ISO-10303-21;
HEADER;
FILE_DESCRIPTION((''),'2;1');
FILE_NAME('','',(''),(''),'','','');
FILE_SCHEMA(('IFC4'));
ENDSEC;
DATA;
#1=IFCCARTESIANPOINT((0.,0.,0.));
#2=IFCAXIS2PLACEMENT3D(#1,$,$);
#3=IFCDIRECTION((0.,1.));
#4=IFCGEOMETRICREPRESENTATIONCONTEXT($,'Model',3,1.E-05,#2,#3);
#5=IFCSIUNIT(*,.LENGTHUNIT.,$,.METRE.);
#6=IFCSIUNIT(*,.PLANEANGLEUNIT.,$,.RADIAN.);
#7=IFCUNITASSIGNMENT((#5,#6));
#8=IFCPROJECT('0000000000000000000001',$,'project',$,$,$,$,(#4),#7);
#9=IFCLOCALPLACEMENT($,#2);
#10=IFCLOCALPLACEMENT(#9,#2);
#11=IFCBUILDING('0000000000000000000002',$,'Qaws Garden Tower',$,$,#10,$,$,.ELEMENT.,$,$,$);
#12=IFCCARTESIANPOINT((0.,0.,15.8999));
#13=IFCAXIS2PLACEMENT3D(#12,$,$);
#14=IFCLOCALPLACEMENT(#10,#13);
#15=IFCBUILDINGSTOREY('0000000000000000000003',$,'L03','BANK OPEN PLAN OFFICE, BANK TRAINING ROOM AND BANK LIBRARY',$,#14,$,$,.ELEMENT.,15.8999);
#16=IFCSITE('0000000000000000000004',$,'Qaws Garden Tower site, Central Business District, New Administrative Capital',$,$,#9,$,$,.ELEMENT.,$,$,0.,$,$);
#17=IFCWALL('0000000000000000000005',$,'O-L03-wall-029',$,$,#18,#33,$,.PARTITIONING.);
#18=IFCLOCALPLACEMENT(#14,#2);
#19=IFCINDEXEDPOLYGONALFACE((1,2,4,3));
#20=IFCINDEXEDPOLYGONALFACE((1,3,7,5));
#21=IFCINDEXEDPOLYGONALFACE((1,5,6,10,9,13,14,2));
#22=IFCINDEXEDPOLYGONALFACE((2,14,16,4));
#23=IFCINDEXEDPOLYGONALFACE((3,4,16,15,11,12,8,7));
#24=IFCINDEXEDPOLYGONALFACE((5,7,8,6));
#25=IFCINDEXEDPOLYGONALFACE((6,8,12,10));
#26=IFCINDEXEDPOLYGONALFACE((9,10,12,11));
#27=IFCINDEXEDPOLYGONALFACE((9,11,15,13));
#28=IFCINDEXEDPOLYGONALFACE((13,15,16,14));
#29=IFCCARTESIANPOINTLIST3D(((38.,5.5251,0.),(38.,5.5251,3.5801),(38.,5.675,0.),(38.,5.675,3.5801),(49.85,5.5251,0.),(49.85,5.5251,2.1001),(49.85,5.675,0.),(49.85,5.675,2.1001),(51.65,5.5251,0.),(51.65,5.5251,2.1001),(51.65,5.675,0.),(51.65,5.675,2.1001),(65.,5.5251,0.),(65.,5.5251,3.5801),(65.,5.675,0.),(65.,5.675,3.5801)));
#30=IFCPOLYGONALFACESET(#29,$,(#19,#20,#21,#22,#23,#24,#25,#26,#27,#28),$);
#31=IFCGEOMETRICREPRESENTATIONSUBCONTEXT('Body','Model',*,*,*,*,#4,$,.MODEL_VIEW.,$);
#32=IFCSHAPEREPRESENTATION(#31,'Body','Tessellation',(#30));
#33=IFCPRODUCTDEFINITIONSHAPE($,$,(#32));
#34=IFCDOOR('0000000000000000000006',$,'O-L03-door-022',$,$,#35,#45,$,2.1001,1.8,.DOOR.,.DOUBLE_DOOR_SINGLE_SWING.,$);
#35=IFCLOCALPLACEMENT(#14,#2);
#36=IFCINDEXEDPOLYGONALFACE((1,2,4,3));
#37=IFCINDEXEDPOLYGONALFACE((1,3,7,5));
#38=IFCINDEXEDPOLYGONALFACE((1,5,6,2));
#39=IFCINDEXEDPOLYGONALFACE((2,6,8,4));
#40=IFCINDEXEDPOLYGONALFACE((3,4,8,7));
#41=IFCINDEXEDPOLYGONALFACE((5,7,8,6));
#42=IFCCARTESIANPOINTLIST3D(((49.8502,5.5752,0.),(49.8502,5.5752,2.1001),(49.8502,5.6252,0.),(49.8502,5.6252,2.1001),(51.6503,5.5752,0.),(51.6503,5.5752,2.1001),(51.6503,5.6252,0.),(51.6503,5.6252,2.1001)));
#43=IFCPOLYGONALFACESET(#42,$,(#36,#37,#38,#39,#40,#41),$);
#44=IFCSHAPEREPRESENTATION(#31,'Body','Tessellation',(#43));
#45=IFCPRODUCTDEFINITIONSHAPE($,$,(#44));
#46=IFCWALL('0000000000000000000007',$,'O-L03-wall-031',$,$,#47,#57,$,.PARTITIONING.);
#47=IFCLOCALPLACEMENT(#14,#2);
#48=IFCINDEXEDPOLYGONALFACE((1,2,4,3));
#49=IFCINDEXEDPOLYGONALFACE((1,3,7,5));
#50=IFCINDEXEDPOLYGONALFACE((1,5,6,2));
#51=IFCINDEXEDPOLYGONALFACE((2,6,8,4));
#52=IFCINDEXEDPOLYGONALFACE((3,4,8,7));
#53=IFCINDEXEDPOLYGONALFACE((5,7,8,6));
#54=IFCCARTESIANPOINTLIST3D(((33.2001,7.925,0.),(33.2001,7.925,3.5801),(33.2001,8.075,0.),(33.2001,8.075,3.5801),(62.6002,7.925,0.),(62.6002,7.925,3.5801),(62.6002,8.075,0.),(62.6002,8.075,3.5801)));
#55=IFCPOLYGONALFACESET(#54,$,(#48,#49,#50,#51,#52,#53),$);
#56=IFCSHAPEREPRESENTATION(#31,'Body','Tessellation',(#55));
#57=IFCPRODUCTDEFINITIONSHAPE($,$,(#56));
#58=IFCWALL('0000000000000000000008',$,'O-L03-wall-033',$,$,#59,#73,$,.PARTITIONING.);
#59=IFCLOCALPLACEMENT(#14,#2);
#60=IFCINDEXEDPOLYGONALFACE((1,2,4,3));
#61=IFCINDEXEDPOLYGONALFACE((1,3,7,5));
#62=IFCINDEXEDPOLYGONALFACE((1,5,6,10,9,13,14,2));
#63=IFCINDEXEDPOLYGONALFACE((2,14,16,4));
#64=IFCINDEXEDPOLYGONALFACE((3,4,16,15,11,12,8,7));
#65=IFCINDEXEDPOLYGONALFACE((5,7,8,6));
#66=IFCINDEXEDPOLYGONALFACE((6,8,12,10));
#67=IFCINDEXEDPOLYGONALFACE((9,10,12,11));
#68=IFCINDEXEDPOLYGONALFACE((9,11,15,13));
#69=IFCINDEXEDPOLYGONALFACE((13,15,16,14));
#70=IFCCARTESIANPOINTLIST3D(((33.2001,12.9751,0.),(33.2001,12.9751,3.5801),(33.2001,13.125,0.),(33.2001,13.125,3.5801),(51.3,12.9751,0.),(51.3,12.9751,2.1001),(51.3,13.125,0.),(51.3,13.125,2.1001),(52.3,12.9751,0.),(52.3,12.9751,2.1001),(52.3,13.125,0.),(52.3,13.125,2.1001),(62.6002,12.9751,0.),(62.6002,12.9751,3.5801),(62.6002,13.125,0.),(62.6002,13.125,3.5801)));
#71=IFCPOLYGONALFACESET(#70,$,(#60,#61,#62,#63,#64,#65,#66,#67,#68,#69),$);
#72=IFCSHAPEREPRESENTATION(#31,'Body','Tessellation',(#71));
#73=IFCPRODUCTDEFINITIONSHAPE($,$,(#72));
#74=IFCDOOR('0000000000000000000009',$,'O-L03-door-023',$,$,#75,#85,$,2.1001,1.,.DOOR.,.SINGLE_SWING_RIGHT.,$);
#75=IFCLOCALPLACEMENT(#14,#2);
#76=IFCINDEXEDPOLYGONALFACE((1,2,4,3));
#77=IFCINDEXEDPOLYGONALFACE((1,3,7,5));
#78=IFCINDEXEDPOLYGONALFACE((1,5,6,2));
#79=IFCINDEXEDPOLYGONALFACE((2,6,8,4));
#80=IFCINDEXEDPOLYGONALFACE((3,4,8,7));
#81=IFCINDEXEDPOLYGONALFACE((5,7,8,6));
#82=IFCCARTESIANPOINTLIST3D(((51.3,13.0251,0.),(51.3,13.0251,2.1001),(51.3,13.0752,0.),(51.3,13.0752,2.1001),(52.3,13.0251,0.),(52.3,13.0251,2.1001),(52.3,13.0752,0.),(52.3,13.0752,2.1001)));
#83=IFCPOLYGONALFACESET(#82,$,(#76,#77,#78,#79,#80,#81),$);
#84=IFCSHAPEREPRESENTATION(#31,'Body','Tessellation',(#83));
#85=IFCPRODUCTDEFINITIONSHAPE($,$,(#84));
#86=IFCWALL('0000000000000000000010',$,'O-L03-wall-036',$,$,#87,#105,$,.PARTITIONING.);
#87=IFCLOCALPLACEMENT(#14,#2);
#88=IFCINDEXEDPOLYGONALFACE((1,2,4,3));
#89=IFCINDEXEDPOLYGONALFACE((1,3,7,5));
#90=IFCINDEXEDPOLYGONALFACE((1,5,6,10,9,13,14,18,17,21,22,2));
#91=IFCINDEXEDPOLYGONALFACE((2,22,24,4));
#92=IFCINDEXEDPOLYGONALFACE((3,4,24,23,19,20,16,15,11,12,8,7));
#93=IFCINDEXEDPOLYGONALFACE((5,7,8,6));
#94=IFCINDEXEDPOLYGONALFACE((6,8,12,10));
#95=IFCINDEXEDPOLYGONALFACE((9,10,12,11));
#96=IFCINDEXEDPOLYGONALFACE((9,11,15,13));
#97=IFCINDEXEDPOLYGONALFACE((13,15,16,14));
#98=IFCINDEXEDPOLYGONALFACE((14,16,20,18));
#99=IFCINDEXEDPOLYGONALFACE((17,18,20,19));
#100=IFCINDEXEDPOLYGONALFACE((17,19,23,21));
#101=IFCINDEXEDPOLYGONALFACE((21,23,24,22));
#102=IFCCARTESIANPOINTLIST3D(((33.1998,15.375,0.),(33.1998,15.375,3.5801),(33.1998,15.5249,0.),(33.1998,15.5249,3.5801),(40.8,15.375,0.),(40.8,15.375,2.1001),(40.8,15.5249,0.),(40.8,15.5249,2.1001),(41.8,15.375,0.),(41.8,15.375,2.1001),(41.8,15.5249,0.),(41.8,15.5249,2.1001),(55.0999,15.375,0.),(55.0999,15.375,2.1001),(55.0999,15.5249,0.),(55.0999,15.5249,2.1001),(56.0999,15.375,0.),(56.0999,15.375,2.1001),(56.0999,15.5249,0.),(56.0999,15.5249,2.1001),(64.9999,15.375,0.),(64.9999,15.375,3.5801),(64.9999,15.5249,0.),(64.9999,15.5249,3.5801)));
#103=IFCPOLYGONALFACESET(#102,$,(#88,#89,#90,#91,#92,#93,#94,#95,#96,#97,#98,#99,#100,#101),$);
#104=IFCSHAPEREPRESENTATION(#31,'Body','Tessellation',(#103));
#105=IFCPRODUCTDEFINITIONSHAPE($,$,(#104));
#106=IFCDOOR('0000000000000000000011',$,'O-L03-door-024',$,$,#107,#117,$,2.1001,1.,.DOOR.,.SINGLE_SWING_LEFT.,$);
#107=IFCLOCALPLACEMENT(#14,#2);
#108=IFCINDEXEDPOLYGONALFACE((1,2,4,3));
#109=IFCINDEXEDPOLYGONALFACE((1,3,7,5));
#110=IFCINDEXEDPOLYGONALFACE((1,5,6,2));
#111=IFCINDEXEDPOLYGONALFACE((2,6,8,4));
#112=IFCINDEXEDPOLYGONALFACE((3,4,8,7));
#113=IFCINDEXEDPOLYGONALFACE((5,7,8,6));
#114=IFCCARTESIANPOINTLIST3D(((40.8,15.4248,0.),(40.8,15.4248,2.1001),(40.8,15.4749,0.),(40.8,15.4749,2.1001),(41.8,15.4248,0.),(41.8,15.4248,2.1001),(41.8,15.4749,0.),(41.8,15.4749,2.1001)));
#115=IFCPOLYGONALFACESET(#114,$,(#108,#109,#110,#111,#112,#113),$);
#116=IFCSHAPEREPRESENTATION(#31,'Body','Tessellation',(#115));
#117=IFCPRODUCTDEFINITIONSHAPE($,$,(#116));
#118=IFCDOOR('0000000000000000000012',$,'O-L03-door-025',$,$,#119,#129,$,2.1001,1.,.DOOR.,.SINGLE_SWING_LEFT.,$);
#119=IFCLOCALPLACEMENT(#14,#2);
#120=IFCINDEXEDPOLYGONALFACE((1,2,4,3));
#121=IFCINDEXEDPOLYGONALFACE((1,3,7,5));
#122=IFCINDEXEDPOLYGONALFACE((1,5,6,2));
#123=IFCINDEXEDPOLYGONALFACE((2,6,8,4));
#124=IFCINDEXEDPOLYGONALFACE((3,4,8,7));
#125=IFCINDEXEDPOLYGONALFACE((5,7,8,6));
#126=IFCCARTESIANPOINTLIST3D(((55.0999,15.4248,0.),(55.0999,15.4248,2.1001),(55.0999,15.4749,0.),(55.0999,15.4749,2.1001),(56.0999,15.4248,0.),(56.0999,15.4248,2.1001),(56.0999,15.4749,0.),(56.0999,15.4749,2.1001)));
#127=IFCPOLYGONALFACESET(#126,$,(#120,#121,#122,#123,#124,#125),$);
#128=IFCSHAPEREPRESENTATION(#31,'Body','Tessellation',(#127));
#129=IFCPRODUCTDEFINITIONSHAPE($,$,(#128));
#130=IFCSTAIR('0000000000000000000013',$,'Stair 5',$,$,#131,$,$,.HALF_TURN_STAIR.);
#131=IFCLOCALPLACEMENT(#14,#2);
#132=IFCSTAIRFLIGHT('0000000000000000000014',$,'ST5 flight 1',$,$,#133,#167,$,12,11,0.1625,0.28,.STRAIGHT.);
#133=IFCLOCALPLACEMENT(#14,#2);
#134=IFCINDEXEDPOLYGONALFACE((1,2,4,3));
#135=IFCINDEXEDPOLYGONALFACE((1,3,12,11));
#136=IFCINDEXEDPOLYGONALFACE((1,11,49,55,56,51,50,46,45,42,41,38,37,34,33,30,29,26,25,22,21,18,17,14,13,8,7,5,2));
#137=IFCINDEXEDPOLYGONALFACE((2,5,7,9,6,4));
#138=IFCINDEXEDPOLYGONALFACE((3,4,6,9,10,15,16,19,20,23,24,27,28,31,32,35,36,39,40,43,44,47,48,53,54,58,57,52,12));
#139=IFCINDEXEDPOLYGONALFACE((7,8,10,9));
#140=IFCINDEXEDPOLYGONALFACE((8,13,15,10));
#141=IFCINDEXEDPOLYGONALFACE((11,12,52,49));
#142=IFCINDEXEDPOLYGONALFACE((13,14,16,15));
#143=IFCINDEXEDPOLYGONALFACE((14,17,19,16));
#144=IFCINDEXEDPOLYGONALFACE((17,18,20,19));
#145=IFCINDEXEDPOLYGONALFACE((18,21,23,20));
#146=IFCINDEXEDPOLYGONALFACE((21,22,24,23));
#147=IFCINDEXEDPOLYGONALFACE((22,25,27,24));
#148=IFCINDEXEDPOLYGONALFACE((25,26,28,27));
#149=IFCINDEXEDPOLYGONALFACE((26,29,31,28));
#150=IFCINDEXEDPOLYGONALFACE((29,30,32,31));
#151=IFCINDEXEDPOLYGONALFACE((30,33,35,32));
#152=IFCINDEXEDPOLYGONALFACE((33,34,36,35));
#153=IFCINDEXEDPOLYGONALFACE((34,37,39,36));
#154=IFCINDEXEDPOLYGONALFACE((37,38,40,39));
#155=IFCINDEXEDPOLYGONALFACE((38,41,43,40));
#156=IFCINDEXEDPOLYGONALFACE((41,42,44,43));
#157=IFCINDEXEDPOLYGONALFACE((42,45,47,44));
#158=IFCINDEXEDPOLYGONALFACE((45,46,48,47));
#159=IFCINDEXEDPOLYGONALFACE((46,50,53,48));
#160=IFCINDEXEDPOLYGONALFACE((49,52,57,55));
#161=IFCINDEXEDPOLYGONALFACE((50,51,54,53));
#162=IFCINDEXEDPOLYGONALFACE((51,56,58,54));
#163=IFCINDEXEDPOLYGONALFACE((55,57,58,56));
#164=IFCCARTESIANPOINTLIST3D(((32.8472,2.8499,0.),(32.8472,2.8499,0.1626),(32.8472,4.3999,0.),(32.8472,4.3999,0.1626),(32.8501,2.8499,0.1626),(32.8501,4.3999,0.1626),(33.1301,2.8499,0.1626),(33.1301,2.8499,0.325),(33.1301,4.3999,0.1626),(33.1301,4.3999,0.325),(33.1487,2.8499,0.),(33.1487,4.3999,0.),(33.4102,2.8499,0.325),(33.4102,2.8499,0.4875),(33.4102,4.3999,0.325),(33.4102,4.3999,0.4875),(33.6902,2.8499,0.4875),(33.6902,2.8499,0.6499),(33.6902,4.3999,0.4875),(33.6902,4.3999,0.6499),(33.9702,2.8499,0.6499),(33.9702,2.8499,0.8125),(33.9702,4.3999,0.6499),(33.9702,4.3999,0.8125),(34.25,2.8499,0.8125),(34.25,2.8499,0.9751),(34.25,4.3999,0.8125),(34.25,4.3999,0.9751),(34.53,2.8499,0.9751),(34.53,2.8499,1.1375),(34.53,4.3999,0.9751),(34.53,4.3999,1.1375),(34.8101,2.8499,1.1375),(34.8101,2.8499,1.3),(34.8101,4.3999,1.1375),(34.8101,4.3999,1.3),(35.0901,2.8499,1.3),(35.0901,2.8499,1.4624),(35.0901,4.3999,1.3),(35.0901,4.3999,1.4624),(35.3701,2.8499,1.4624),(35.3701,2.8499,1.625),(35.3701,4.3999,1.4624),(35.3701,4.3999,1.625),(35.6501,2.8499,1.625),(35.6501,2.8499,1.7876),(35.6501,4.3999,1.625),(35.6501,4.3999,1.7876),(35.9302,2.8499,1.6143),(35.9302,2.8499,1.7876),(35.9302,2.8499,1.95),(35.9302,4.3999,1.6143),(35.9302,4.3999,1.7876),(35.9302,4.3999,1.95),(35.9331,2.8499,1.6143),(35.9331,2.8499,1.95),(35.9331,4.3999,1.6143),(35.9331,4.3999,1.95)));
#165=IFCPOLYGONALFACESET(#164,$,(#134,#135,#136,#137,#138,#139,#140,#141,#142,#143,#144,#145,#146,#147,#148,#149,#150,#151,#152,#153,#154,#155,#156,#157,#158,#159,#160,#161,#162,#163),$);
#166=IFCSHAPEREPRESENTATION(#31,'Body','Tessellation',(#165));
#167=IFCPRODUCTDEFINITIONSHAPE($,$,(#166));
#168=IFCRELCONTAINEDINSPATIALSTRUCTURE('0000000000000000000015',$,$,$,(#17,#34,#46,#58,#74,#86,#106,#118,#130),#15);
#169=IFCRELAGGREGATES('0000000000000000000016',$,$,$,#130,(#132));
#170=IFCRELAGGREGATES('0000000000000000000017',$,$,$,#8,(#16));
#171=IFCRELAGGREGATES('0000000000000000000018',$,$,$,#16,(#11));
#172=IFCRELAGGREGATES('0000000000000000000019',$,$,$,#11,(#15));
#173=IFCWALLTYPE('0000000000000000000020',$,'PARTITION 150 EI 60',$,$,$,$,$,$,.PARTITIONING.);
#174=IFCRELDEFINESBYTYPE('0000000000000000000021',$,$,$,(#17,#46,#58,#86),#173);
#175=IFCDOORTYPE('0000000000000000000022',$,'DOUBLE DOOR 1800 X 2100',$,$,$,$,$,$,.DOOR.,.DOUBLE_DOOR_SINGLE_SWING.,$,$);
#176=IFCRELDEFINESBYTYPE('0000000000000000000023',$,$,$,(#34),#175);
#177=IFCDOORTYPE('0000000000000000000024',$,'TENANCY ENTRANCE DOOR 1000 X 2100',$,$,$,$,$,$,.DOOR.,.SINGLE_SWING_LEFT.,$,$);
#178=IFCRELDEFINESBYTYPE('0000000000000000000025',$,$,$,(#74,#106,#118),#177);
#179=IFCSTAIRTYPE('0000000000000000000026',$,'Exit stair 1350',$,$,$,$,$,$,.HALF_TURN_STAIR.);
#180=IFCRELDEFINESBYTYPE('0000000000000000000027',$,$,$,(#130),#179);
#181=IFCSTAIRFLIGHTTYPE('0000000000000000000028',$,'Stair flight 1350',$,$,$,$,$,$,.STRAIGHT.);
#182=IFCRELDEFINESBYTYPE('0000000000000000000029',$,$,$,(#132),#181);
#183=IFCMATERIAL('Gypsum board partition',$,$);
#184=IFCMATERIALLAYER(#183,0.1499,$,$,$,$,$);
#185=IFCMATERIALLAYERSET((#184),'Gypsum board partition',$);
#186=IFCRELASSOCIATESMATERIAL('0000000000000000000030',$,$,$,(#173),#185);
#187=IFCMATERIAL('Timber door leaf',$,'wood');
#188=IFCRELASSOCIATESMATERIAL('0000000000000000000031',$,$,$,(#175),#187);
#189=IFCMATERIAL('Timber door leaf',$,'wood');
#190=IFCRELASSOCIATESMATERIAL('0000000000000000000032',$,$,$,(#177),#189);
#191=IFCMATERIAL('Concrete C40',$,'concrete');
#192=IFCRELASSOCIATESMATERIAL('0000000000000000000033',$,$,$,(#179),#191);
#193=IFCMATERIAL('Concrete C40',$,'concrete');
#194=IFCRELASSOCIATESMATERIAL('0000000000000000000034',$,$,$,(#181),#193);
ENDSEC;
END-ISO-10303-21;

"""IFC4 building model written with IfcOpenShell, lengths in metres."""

from ifc_helpers import new_model, si_unit, direction, frame, frame_2d, origin, place, context, subcontext, project, spatial, polyline, rectangle, outline, extrude, material, layer, layer_set, type_object, element, fill, aggregate, save


model = new_model("IFC4")

# Units and contexts
model_context = context("Model", 3, precision=1e-05, world=origin(), true_north=direction((0.0, 1.0)))
body_context = subcontext(model_context, "Body", "Model", "MODEL_VIEW")
ifc_project = project(units=[si_unit("LENGTHUNIT", "METRE"), si_unit("PLANEANGLEUNIT", "RADIAN")], contexts=[model_context])

# Site, building, storey
site_placement = place(None, origin())
site = spatial("IfcSite", under=ifc_project, at=site_placement, Name="Qaws Garden Tower site, Central Business District, New Administrative Capital", CompositionType="ELEMENT", RefElevation=0.0)
building_placement = place(site_placement, origin())
building = spatial("IfcBuilding", under=site, at=building_placement, Name="Qaws Garden Tower", CompositionType="ELEMENT")
storey_placement = place(building_placement, frame((0.0, 0.0, 15.8999)))
storey = spatial("IfcBuildingStorey", under=building, at=storey_placement, Name="L03", Description="BANK OPEN PLAN OFFICE, BANK TRAINING ROOM AND BANK LIBRARY", CompositionType="ELEMENT", Elevation=15.8999)

# Shared definitions
ifc_material_1 = material(Name="Gypsum board partition")
ifc_layer_1 = layer(ifc_material_1, 0.1499)
ifc_layer_set_1 = layer_set([ifc_layer_1], Name="Gypsum board partition")
wall_type_1 = type_object("IfcWallType", Name="PARTITION 150 EI 60", PredefinedType="PARTITIONING", material=ifc_layer_set_1)

# Shared definitions
ifc_material_2 = material(Name="Timber door leaf", Category="wood")
door_type_1 = type_object("IfcDoorType", Name="DOUBLE DOOR 1800 X 2100", OperationType="DOUBLE_DOOR_SINGLE_SWING", PredefinedType="DOOR", material=ifc_material_2)

# Wall, opening, door
wall_1_placement = place(storey_placement, frame((38.0, 5.6001, 0.0), z_axis=(0.0, 0.0, 1.0), x_axis=(1.0, 0.0, 0.0)))
wall_1 = element("IfcWall", 1, at=wall_1_placement, inside=storey, type_object=wall_type_1, Name="O-L03-wall-029", PredefinedType="PARTITIONING", context=body_context, shape_type="SweptSolid", body=[
    extrude(rectangle(XDim=27.0, YDim=0.1499, at=frame_2d((13.5, 0.0))), origin(), (0.0, 0.0, 1.0), 3.5801),
])
opening_1_placement = place(wall_1_placement, frame((11.8501, 0.0, 0.0)))
opening_1 = element("IfcOpeningElement", 2, at=opening_1_placement, cuts=wall_1, PredefinedType="OPENING", context=body_context, shape_type="SweptSolid", body=[
    extrude(rectangle(XDim=1.8, YDim=2.1001, at=frame_2d((0.8999, 1.05))), frame((0.0, 0.085, 0.0), z_axis=(0.0, -1.0, 0.0), x_axis=(1.0, 0.0, 0.0)), (0.0, 0.0, 1.0), 0.1699),
])
door_1_placement = place(opening_1_placement, frame((1.8, 0.0, 0.0), z_axis=(0.0, 0.0, 1.0), x_axis=(-1.0, 0.0, 0.0)))
door_1 = element("IfcDoor", 3, at=door_1_placement, inside=storey, type_object=door_type_1, Name="O-L03-door-022", OperationType="DOUBLE_DOOR_SINGLE_SWING", OverallHeight=2.1001, OverallWidth=1.8, PredefinedType="DOOR", context=body_context, shape_type="SweptSolid", body=[
    extrude(rectangle(XDim=1.8, YDim=2.1001, at=frame_2d((0.8999, 1.05))), frame((0.0, 0.0249, 0.0), z_axis=(0.0, -1.0, 0.0), x_axis=(1.0, 0.0, 0.0)), (0.0, 0.0, 1.0), 0.05),
])
fill(opening_1, door_1)

# Wall
wall_2_placement = place(storey_placement, frame((33.2, 8.0, 0.0), z_axis=(0.0, 0.0, 1.0), x_axis=(1.0, 0.0, 0.0)))
element("IfcWall", 4, at=wall_2_placement, inside=storey, type_object=wall_type_1, Name="O-L03-wall-031", PredefinedType="PARTITIONING", context=body_context, shape_type="SweptSolid", body=[
    extrude(rectangle(XDim=29.4001, YDim=0.1499, at=frame_2d((14.7002, 0.0))), origin(), (0.0, 0.0, 1.0), 3.5801),
])

# Wall, opening, door
wall_3_placement = place(storey_placement, frame((33.2, 13.05, 0.0), z_axis=(0.0, 0.0, 1.0), x_axis=(1.0, 0.0, 0.0)))
wall_3 = element("IfcWall", 5, at=wall_3_placement, inside=storey, type_object=wall_type_1, Name="O-L03-wall-033", PredefinedType="PARTITIONING", context=body_context, shape_type="SweptSolid", body=[
    extrude(rectangle(XDim=29.4001, YDim=0.1499, at=frame_2d((14.7002, 0.0))), origin(), (0.0, 0.0, 1.0), 3.5801),
])
opening_2_placement = place(wall_3_placement, frame((18.1001, 0.0, 0.0)))
opening_2 = element("IfcOpeningElement", 6, at=opening_2_placement, cuts=wall_3, PredefinedType="OPENING", context=body_context, shape_type="SweptSolid", body=[
    extrude(rectangle(XDim=1.0, YDim=2.1001, at=frame_2d((0.5, 1.05))), frame((0.0, 0.085, 0.0), z_axis=(0.0, -1.0, 0.0), x_axis=(1.0, 0.0, 0.0)), (0.0, 0.0, 1.0), 0.1699),
])
ifc_material_3 = material(Name="Timber door leaf", Category="wood")
door_type_2 = type_object("IfcDoorType", Name="TENANCY ENTRANCE DOOR 1000 X 2100", OperationType="SINGLE_SWING_LEFT", PredefinedType="DOOR", material=ifc_material_3)
door_2_placement = place(opening_2_placement, frame((1.0, 0.0, 0.0), z_axis=(0.0, 0.0, 1.0), x_axis=(-1.0, 0.0, 0.0)))
door_2 = element("IfcDoor", 7, at=door_2_placement, inside=storey, type_object=door_type_2, Name="O-L03-door-023", OperationType="SINGLE_SWING_RIGHT", OverallHeight=2.1001, OverallWidth=1.0, PredefinedType="DOOR", context=body_context, shape_type="SweptSolid", body=[
    extrude(rectangle(XDim=1.0, YDim=2.1001, at=frame_2d((0.5, 1.05))), frame((0.0, 0.0249, 0.0), z_axis=(0.0, -1.0, 0.0), x_axis=(1.0, 0.0, 0.0)), (0.0, 0.0, 1.0), 0.05),
])
fill(opening_2, door_2)

# Wall, openings, doors
wall_4_placement = place(storey_placement, frame((33.2, 15.45, 0.0), z_axis=(0.0, 0.0, 1.0), x_axis=(1.0, 0.0, 0.0)))
wall_4 = element("IfcWall", 8, at=wall_4_placement, inside=storey, type_object=wall_type_1, Name="O-L03-wall-036", PredefinedType="PARTITIONING", context=body_context, shape_type="SweptSolid", body=[
    extrude(rectangle(XDim=31.8, YDim=0.1499, at=frame_2d((15.8999, 0.0))), origin(), (0.0, 0.0, 1.0), 3.5801),
])
opening_3_placement = place(wall_4_placement, frame((7.6001, 0.0, 0.0)))
opening_3 = element("IfcOpeningElement", 9, at=opening_3_placement, cuts=wall_4, PredefinedType="OPENING", context=body_context, shape_type="SweptSolid", body=[
    extrude(rectangle(XDim=1.0, YDim=2.1001, at=frame_2d((0.5, 1.05))), frame((0.0, 0.085, 0.0), z_axis=(0.0, -1.0, 0.0), x_axis=(1.0, 0.0, 0.0)), (0.0, 0.0, 1.0), 0.1699),
])
opening_4_placement = place(wall_4_placement, frame((21.8999, 0.0, 0.0)))
opening_4 = element("IfcOpeningElement", 10, at=opening_4_placement, cuts=wall_4, PredefinedType="OPENING", context=body_context, shape_type="SweptSolid", body=[
    extrude(rectangle(XDim=1.0, YDim=2.1001, at=frame_2d((0.5, 1.05))), frame((0.0, 0.085, 0.0), z_axis=(0.0, -1.0, 0.0), x_axis=(1.0, 0.0, 0.0)), (0.0, 0.0, 1.0), 0.1699),
])
door_3_placement = place(opening_3_placement, origin())
door_3 = element("IfcDoor", 11, at=door_3_placement, inside=storey, type_object=door_type_2, Name="O-L03-door-024", OperationType="SINGLE_SWING_LEFT", OverallHeight=2.1001, OverallWidth=1.0, PredefinedType="DOOR", context=body_context, shape_type="SweptSolid", body=[
    extrude(rectangle(XDim=1.0, YDim=2.1001, at=frame_2d((0.5, 1.05))), frame((0.0, 0.0249, 0.0), z_axis=(0.0, -1.0, 0.0), x_axis=(1.0, 0.0, 0.0)), (0.0, 0.0, 1.0), 0.05),
])
fill(opening_3, door_3)
door_4_placement = place(opening_4_placement, origin())
door_4 = element("IfcDoor", 12, at=door_4_placement, inside=storey, type_object=door_type_2, Name="O-L03-door-025", OperationType="SINGLE_SWING_LEFT", OverallHeight=2.1001, OverallWidth=1.0, PredefinedType="DOOR", context=body_context, shape_type="SweptSolid", body=[
    extrude(rectangle(XDim=1.0, YDim=2.1001, at=frame_2d((0.5, 1.05))), frame((0.0, 0.0249, 0.0), z_axis=(0.0, -1.0, 0.0), x_axis=(1.0, 0.0, 0.0)), (0.0, 0.0, 1.0), 0.05),
])
fill(opening_4, door_4)

# Stair, stair flight
ifc_material_4 = material(Name="Concrete C40", Category="concrete")
stair_type = type_object("IfcStairType", Name="Exit stair 1350", PredefinedType="HALF_TURN_STAIR", material=ifc_material_4)
stair_placement = place(storey_placement, origin())
stair = element("IfcStair", 13, at=stair_placement, inside=storey, type_object=stair_type, Name="Stair 5", PredefinedType="HALF_TURN_STAIR")
ifc_material_5 = material(Name="Concrete C40", Category="concrete")
stair_flight_type = type_object("IfcStairFlightType", Name="Stair flight 1350", PredefinedType="STRAIGHT", material=ifc_material_5)
stair_flight_1_placement = place(storey_placement, frame((32.8501, 3.625, 0.0), z_axis=(0.0, 0.0, 1.0), x_axis=(1.0, 0.0, 0.0)))
stair_flight_1 = element("IfcStairFlight", 14, at=stair_flight_1_placement, type_object=stair_flight_type, Name="ST5 flight 1", NumberOfRisers=12, NumberOfTreads=11, PredefinedType="STRAIGHT", RiserHeight=0.1625, TreadLength=0.28, context=body_context, shape_type="SweptSolid", body=[
    extrude(outline(polyline([(-0.0029, 0.0), (-0.0029, 0.1626), (0.0, 0.1626), (0.28, 0.1626), (0.28, 0.325), (0.5601, 0.325), (0.5601, 0.4875), (0.8401, 0.4875), (0.8401, 0.6499), (1.1201, 0.6499), (1.1201, 0.8125), (1.3999, 0.8125), (1.3999, 0.9751), (1.6799, 0.9751), (1.6799, 1.1375), (1.96, 1.1375), (1.96, 1.3), (2.24, 1.3), (2.24, 1.4624), (2.52, 1.4624), (2.52, 1.625), (2.8, 1.625), (2.8, 1.7876), (3.0801, 1.7876), (3.0801, 1.95), (3.083, 1.95), (3.083, 1.6143), (3.0801, 1.6143), (0.2986, 0.0), (-0.0029, 0.0)])), frame((0.0, 0.7749, 0.0), z_axis=(0.0, -1.0, 0.0), x_axis=(1.0, 0.0, 0.0)), (0.0, 0.0, 1.0), 1.55),
])
aggregate(stair, [stair_flight_1])

save(model, "model.ifc")
